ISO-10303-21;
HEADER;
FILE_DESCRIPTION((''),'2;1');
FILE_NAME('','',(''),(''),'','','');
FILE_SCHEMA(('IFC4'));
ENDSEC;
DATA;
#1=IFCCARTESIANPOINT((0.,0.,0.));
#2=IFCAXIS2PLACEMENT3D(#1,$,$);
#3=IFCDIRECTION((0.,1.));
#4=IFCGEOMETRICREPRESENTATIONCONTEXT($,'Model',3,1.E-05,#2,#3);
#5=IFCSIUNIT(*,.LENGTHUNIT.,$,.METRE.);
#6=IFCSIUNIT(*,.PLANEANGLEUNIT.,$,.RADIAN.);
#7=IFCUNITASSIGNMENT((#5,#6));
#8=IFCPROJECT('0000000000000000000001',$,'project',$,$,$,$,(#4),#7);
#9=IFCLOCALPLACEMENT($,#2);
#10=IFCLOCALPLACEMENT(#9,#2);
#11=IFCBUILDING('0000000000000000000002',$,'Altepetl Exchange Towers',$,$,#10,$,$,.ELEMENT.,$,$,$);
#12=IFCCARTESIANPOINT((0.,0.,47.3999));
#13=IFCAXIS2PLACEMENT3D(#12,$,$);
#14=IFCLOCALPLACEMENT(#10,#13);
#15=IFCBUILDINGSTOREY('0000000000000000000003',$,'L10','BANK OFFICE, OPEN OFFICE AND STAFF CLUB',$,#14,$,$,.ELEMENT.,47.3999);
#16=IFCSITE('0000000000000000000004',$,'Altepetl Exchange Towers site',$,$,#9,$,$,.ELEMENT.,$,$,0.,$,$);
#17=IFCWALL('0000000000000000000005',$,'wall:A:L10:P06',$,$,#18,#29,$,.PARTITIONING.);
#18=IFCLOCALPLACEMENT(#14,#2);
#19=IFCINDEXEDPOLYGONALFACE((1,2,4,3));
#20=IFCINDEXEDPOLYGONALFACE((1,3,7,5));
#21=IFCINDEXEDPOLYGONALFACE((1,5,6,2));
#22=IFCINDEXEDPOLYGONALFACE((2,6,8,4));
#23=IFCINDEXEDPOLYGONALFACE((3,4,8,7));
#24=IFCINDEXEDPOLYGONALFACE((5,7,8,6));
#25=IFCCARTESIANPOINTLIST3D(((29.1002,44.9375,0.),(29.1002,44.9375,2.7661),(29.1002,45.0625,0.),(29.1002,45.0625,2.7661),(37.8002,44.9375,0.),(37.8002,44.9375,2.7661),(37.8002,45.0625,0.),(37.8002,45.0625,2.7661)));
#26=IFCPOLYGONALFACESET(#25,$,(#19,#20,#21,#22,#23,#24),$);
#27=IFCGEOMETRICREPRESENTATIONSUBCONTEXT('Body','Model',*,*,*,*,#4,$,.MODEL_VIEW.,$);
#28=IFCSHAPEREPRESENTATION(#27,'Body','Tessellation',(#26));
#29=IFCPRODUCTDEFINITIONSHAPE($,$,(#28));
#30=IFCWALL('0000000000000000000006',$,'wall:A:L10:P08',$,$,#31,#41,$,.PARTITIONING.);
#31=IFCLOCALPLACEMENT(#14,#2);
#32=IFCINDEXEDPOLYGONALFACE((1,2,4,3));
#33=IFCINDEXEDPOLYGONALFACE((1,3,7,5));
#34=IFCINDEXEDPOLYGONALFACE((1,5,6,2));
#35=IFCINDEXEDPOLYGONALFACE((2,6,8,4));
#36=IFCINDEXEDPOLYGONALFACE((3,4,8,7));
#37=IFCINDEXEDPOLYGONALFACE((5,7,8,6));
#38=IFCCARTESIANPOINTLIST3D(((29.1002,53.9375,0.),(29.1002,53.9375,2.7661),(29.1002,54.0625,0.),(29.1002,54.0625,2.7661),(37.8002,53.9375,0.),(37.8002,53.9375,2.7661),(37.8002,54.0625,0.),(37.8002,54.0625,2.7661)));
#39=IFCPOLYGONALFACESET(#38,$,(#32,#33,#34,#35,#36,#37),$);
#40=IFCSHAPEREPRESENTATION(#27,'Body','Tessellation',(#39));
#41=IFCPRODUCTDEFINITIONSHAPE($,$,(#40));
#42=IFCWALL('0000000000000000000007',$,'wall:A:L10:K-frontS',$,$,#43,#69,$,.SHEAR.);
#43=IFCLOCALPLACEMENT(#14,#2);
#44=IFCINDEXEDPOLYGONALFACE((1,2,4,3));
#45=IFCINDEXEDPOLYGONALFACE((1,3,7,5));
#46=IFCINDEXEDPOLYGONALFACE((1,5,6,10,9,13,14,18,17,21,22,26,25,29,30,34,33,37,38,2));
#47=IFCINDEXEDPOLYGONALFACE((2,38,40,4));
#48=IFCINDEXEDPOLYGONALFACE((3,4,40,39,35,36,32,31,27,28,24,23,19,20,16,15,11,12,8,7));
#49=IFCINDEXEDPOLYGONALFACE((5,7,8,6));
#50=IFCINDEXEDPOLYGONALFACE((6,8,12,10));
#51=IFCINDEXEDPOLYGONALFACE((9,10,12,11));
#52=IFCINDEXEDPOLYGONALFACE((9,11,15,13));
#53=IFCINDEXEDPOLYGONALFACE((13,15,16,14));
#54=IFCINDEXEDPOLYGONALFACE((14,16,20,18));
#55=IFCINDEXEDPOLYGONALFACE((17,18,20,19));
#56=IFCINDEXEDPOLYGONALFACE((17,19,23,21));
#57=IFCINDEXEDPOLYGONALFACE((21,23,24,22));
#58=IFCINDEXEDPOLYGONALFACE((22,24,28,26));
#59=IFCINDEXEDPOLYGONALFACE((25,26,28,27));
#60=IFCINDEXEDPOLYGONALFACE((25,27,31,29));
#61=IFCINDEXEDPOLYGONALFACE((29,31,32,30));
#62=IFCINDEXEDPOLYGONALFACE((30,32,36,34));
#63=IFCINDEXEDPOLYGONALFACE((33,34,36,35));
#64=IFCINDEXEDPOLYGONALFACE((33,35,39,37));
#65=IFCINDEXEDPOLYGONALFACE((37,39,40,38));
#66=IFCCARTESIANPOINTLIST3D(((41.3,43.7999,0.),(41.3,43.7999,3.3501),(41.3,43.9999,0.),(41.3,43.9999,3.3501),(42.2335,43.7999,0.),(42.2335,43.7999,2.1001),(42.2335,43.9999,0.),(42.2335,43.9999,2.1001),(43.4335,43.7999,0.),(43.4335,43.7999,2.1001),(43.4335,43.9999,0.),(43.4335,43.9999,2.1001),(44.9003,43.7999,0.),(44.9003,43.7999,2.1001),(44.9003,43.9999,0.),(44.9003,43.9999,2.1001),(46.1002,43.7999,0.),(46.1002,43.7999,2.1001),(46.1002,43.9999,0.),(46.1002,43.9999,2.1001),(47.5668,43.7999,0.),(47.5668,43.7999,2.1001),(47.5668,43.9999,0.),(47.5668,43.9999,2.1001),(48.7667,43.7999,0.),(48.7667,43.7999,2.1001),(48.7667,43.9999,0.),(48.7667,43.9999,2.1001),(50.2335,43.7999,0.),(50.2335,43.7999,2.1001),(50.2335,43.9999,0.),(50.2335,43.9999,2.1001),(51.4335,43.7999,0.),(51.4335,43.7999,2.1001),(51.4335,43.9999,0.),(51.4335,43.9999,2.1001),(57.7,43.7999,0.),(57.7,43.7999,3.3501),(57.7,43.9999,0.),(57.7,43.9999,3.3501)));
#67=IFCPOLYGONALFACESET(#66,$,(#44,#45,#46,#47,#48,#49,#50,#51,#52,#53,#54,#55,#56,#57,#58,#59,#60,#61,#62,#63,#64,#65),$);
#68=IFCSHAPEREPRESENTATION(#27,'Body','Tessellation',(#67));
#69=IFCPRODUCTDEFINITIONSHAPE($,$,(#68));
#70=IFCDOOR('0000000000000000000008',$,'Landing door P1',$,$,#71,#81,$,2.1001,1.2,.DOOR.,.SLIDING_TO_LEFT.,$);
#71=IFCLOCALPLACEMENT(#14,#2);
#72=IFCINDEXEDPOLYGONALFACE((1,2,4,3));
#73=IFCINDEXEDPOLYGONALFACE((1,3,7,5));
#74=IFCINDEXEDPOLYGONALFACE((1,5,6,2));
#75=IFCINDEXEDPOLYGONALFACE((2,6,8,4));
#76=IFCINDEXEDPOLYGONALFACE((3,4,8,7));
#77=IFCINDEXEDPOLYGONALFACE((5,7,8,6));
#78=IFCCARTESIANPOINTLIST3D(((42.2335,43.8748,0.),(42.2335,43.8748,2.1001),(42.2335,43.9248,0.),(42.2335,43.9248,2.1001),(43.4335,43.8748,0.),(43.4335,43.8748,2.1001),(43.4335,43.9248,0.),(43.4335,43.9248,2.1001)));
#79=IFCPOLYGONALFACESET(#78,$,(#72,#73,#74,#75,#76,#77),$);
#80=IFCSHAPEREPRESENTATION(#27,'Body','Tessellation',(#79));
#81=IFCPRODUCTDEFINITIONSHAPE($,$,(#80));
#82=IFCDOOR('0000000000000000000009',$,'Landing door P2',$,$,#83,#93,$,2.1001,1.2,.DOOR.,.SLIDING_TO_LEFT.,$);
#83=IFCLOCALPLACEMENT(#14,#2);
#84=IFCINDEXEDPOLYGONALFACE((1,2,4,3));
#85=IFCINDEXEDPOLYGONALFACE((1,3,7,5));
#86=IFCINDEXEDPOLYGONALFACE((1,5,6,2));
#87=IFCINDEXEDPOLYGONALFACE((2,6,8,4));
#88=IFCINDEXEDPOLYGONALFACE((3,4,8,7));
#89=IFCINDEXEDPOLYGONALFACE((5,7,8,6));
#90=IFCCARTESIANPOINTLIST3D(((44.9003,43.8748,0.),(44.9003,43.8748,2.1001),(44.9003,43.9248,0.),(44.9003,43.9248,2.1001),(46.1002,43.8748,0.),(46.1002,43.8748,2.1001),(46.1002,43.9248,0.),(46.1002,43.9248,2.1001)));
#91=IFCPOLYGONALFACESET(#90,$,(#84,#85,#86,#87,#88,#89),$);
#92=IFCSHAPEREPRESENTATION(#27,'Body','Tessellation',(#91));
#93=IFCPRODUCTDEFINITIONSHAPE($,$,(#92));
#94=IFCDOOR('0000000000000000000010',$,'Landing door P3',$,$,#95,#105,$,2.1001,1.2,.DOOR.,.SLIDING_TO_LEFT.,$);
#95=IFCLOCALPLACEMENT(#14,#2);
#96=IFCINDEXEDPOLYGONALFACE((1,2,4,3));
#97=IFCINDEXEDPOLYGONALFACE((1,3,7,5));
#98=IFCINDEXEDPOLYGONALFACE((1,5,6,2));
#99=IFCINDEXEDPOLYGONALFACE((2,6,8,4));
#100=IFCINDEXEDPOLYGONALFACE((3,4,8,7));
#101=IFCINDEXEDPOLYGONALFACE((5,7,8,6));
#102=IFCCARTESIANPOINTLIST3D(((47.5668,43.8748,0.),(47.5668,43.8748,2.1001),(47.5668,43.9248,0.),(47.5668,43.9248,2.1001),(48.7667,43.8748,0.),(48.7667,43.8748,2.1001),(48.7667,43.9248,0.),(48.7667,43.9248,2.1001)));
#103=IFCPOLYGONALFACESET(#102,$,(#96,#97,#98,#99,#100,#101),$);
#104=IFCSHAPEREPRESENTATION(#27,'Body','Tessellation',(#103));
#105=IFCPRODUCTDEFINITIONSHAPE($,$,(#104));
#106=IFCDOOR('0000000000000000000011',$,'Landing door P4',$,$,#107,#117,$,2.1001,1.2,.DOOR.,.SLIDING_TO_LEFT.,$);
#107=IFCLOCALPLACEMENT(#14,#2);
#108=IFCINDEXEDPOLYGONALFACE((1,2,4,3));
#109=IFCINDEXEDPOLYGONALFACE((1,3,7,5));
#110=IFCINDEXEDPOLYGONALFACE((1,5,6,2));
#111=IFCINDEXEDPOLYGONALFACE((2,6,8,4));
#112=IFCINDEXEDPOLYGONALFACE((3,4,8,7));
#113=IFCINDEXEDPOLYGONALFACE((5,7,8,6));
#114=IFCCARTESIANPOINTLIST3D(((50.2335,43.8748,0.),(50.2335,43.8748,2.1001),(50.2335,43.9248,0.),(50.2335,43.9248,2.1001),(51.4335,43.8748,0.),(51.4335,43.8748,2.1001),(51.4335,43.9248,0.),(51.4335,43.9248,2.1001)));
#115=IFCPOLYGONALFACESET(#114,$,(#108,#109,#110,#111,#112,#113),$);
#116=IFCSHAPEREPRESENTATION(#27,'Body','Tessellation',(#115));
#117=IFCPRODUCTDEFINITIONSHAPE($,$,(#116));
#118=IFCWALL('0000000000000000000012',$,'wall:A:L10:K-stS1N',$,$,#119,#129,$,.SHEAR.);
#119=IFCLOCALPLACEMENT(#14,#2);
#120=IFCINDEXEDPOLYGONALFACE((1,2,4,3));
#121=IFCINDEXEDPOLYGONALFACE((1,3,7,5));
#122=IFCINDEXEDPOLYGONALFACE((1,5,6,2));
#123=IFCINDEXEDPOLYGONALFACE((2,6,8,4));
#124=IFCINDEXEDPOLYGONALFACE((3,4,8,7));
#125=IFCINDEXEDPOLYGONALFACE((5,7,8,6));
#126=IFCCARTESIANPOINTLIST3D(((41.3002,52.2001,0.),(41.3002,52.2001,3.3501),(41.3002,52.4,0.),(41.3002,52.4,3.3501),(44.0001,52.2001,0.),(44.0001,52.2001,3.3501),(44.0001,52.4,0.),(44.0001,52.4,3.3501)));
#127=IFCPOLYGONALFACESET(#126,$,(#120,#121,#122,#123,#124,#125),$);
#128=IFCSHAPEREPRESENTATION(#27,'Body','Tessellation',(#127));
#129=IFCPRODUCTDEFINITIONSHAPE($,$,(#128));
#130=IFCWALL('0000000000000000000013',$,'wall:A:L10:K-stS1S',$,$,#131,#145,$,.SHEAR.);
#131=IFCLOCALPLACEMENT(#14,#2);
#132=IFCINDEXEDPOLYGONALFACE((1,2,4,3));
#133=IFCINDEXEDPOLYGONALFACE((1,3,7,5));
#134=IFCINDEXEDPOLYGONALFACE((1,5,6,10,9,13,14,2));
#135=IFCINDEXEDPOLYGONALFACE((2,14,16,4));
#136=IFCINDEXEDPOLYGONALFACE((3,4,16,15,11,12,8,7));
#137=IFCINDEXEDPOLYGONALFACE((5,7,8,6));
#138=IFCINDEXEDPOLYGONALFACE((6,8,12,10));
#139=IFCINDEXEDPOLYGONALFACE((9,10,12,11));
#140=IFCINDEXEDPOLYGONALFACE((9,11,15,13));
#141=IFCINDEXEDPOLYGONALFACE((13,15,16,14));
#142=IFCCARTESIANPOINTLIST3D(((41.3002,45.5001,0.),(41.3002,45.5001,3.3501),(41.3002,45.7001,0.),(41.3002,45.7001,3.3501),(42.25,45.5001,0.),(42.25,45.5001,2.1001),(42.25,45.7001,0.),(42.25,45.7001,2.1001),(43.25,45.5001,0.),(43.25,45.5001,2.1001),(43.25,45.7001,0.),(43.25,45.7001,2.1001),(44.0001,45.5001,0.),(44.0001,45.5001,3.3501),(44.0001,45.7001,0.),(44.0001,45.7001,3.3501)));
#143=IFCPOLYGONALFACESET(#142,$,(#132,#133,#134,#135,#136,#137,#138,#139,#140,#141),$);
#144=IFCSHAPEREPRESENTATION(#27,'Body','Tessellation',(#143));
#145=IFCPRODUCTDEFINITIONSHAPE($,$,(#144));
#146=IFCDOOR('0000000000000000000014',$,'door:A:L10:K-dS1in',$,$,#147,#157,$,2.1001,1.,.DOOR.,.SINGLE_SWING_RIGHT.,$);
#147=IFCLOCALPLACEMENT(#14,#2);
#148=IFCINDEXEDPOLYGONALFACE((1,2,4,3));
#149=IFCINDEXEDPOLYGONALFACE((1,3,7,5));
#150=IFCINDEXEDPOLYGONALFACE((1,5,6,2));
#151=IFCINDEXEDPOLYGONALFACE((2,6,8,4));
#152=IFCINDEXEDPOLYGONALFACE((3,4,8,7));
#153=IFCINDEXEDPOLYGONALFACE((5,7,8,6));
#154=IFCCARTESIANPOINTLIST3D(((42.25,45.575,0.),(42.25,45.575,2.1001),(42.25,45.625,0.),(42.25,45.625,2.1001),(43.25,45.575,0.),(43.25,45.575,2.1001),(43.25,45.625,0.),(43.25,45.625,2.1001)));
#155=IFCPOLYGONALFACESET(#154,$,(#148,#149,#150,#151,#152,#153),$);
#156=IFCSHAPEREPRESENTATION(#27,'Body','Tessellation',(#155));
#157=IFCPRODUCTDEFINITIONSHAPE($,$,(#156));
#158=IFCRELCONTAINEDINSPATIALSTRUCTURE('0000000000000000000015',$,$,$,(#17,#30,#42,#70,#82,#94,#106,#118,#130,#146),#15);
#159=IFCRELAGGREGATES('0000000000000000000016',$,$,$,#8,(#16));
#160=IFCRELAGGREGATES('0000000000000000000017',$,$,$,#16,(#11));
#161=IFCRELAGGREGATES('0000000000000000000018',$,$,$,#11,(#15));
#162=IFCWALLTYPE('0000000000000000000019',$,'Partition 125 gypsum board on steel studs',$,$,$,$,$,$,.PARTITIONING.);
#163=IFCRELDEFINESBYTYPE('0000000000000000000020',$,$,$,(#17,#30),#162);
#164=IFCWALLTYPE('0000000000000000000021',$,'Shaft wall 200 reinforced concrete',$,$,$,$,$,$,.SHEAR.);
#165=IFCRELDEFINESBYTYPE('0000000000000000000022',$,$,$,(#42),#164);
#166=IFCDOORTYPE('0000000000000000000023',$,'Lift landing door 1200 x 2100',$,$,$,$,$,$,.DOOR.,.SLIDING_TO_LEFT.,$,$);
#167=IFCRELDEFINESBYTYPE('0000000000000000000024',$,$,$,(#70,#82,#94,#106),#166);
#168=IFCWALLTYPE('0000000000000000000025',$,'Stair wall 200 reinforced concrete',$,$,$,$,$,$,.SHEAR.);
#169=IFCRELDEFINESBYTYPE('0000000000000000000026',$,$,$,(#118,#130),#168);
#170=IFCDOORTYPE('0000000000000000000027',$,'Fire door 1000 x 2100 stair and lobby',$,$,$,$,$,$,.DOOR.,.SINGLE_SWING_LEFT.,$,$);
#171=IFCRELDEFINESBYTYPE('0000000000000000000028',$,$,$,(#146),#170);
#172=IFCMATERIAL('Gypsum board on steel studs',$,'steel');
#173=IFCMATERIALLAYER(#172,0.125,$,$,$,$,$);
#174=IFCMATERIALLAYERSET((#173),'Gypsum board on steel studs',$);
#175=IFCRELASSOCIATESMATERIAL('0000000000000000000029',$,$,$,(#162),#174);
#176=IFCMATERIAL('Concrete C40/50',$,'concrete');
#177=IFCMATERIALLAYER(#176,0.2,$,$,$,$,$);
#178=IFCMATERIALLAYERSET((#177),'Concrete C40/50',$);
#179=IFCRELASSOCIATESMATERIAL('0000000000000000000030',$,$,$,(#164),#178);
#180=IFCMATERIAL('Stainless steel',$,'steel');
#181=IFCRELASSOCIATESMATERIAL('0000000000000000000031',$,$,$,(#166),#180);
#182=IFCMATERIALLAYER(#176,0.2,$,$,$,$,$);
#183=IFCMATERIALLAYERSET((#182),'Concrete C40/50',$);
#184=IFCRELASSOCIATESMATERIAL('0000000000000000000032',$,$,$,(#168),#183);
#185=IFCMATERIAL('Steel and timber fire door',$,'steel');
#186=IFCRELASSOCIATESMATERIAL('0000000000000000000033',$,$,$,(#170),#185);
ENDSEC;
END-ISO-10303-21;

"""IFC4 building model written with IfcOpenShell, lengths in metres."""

from ifc_helpers import new_model, si_unit, direction, frame, frame_2d, origin, place, context, subcontext, project, spatial, rectangle, extrude, material, layer, layer_set, type_object, element, fill, save


model = new_model("IFC4")

# Units and contexts
model_context = context("Model", 3, precision=1e-05, world=origin(), true_north=direction((0.0, 1.0)))
body_context = subcontext(model_context, "Body", "Model", "MODEL_VIEW")
ifc_project = project(units=[si_unit("LENGTHUNIT", "METRE"), si_unit("PLANEANGLEUNIT", "RADIAN")], contexts=[model_context])

# Site, building, storey
site_placement = place(None, origin())
site = spatial("IfcSite", under=ifc_project, at=site_placement, Name="Altepetl Exchange Towers site", CompositionType="ELEMENT", RefElevation=0.0)
building_placement = place(site_placement, origin())
building = spatial("IfcBuilding", under=site, at=building_placement, Name="Altepetl Exchange Towers", CompositionType="ELEMENT")
storey_placement = place(building_placement, frame((0.0, 0.0, 47.3999)))
storey = spatial("IfcBuildingStorey", under=building, at=storey_placement, Name="L10", Description="BANK OFFICE, OPEN OFFICE AND STAFF CLUB", CompositionType="ELEMENT", Elevation=47.3999)

# Walls
ifc_material_1 = material(Name="Gypsum board on steel studs", Category="steel")
ifc_layer_1 = layer(ifc_material_1, 0.125)
ifc_layer_set_1 = layer_set([ifc_layer_1], Name="Gypsum board on steel studs")
wall_type_1 = type_object("IfcWallType", Name="Partition 125 gypsum board on steel studs", PredefinedType="PARTITIONING", material=ifc_layer_set_1)
for number, where, name in (
    (1, (29.1001, 45.0, 0.0), "wall:A:L10:P06"),
    (2, (29.1001, 54.0, 0.0), "wall:A:L10:P08"),
):
    element("IfcWall", number, at=place(storey_placement, frame(where)), inside=storey, type_object=wall_type_1, Name=name, PredefinedType="PARTITIONING", context=body_context, shape_type="SweptSolid", body=[
        extrude(rectangle(XDim=8.7, YDim=0.125, at=frame_2d((4.3501, 0.0))), origin(), (0.0, 0.0, 1.0), 2.7661),
    ])

# Wall, openings, doors
ifc_material_2 = material(Name="Concrete C40/50", Category="concrete")
ifc_layer_2 = layer(ifc_material_2, 0.2)
ifc_layer_set_2 = layer_set([ifc_layer_2], Name="Concrete C40/50")
wall_type_2 = type_object("IfcWallType", Name="Shaft wall 200 reinforced concrete", PredefinedType="SHEAR", material=ifc_layer_set_2)
wall_1_placement = place(storey_placement, frame((41.3, 43.8999, 0.0)))
wall_1 = element("IfcWall", 3, at=wall_1_placement, inside=storey, type_object=wall_type_2, Name="wall:A:L10:K-frontS", PredefinedType="SHEAR", context=body_context, shape_type="SweptSolid", body=[
    extrude(rectangle(XDim=16.3999, YDim=0.2, at=frame_2d((8.2, 0.0))), origin(), (0.0, 0.0, 1.0), 3.3501),
])
opening_1_placement = place(wall_1_placement, frame((0.9333, 0.0, 0.0)))
opening_1 = element("IfcOpeningElement", 4, at=opening_1_placement, cuts=wall_1, PredefinedType="OPENING", context=body_context, shape_type="SweptSolid", body=[
    extrude(rectangle(XDim=1.2, YDim=2.1001, at=frame_2d((0.6001, 1.05))), frame((0.0, 0.1099, 0.0), z_axis=(0.0, -1.0, 0.0), x_axis=(1.0, 0.0, 0.0)), (0.0, 0.0, 1.0), 0.22),
])
opening_2_placement = place(wall_1_placement, frame((3.6001, 0.0, 0.0)))
opening_2 = element("IfcOpeningElement", 5, at=opening_2_placement, cuts=wall_1, PredefinedType="OPENING", context=body_context, shape_type="SweptSolid", body=[
    extrude(rectangle(XDim=1.2, YDim=2.1001, at=frame_2d((0.6001, 1.05))), frame((0.0, 0.1099, 0.0), z_axis=(0.0, -1.0, 0.0), x_axis=(1.0, 0.0, 0.0)), (0.0, 0.0, 1.0), 0.22),
])
opening_3_placement = place(wall_1_placement, frame((6.2666, 0.0, 0.0)))
opening_3 = element("IfcOpeningElement", 6, at=opening_3_placement, cuts=wall_1, PredefinedType="OPENING", context=body_context, shape_type="SweptSolid", body=[
    extrude(rectangle(XDim=1.2, YDim=2.1001, at=frame_2d((0.6001, 1.05))), frame((0.0, 0.1099, 0.0), z_axis=(0.0, -1.0, 0.0), x_axis=(1.0, 0.0, 0.0)), (0.0, 0.0, 1.0), 0.22),
])
opening_4_placement = place(wall_1_placement, frame((8.9333, 0.0, 0.0)))
opening_4 = element("IfcOpeningElement", 7, at=opening_4_placement, cuts=wall_1, PredefinedType="OPENING", context=body_context, shape_type="SweptSolid", body=[
    extrude(rectangle(XDim=1.2, YDim=2.1001, at=frame_2d((0.6001, 1.05))), frame((0.0, 0.1099, 0.0), z_axis=(0.0, -1.0, 0.0), x_axis=(1.0, 0.0, 0.0)), (0.0, 0.0, 1.0), 0.22),
])
ifc_material_3 = material(Name="Stainless steel", Category="steel")
door_type_1 = type_object("IfcDoorType", Name="Lift landing door 1200 x 2100", OperationType="SLIDING_TO_LEFT", PredefinedType="DOOR", material=ifc_material_3)
door_1_placement = place(opening_1_placement, origin())
door_1 = element("IfcDoor", 8, at=door_1_placement, inside=storey, type_object=door_type_1, Name="Landing door P1", OperationType="SLIDING_TO_LEFT", OverallHeight=2.1001, OverallWidth=1.2, PredefinedType="DOOR", context=body_context, shape_type="SweptSolid", body=[
    extrude(rectangle(XDim=1.2, YDim=2.1001, at=frame_2d((0.6001, 1.05))), frame((0.0, 0.0249, 0.0), z_axis=(0.0, -1.0, 0.0), x_axis=(1.0, 0.0, 0.0)), (0.0, 0.0, 1.0), 0.05),
])
fill(opening_1, door_1)
door_2_placement = place(opening_2_placement, origin())
door_2 = element("IfcDoor", 9, at=door_2_placement, inside=storey, type_object=door_type_1, Name="Landing door P2", OperationType="SLIDING_TO_LEFT", OverallHeight=2.1001, OverallWidth=1.2, PredefinedType="DOOR", context=body_context, shape_type="SweptSolid", body=[
    extrude(rectangle(XDim=1.2, YDim=2.1001, at=frame_2d((0.6001, 1.05))), frame((0.0, 0.0249, 0.0), z_axis=(0.0, -1.0, 0.0), x_axis=(1.0, 0.0, 0.0)), (0.0, 0.0, 1.0), 0.05),
])
fill(opening_2, door_2)
door_3_placement = place(opening_3_placement, origin())
door_3 = element("IfcDoor", 10, at=door_3_placement, inside=storey, type_object=door_type_1, Name="Landing door P3", OperationType="SLIDING_TO_LEFT", OverallHeight=2.1001, OverallWidth=1.2, PredefinedType="DOOR", context=body_context, shape_type="SweptSolid", body=[
    extrude(rectangle(XDim=1.2, YDim=2.1001, at=frame_2d((0.6001, 1.05))), frame((0.0, 0.0249, 0.0), z_axis=(0.0, -1.0, 0.0), x_axis=(1.0, 0.0, 0.0)), (0.0, 0.0, 1.0), 0.05),
])
fill(opening_3, door_3)
door_4_placement = place(opening_4_placement, origin())
door_4 = element("IfcDoor", 11, at=door_4_placement, inside=storey, type_object=door_type_1, Name="Landing door P4", OperationType="SLIDING_TO_LEFT", OverallHeight=2.1001, OverallWidth=1.2, PredefinedType="DOOR", context=body_context, shape_type="SweptSolid", body=[
    extrude(rectangle(XDim=1.2, YDim=2.1001, at=frame_2d((0.6001, 1.05))), frame((0.0, 0.0249, 0.0), z_axis=(0.0, -1.0, 0.0), x_axis=(1.0, 0.0, 0.0)), (0.0, 0.0, 1.0), 0.05),
])
fill(opening_4, door_4)

# Wall
ifc_layer_3 = layer(ifc_material_2, 0.2)
ifc_layer_set_3 = layer_set([ifc_layer_3], Name="Concrete C40/50")
wall_type_3 = type_object("IfcWallType", Name="Stair wall 200 reinforced concrete", PredefinedType="SHEAR", material=ifc_layer_set_3)
wall_2_placement = place(storey_placement, frame((41.3, 52.3, 0.0)))
element("IfcWall", 12, at=wall_2_placement, inside=storey, type_object=wall_type_3, Name="wall:A:L10:K-stS1N", PredefinedType="SHEAR", context=body_context, shape_type="SweptSolid", body=[
    extrude(rectangle(XDim=2.7, YDim=0.2, at=frame_2d((1.3501, 0.0))), origin(), (0.0, 0.0, 1.0), 3.3501),
])

# Wall, opening, door
wall_3_placement = place(storey_placement, frame((41.3, 45.6001, 0.0)))
wall_3 = element("IfcWall", 13, at=wall_3_placement, inside=storey, type_object=wall_type_3, Name="wall:A:L10:K-stS1S", PredefinedType="SHEAR", context=body_context, shape_type="SweptSolid", body=[
    extrude(rectangle(XDim=2.7, YDim=0.2, at=frame_2d((1.3501, 0.0))), origin(), (0.0, 0.0, 1.0), 3.3501),
])
opening_5_placement = place(wall_3_placement, frame((0.95, 0.0, 0.0)))
opening_5 = element("IfcOpeningElement", 14, at=opening_5_placement, cuts=wall_3, PredefinedType="OPENING", context=body_context, shape_type="SweptSolid", body=[
    extrude(rectangle(XDim=1.0, YDim=2.1001, at=frame_2d((0.5, 1.05))), frame((0.0, 0.1099, 0.0), z_axis=(0.0, -1.0, 0.0), x_axis=(1.0, 0.0, 0.0)), (0.0, 0.0, 1.0), 0.22),
])
ifc_material_4 = material(Name="Steel and timber fire door", Category="steel")
door_type_2 = type_object("IfcDoorType", Name="Fire door 1000 x 2100 stair and lobby", OperationType="SINGLE_SWING_LEFT", PredefinedType="DOOR", material=ifc_material_4)
door_5_placement = place(opening_5_placement, origin())
door_5 = element("IfcDoor", 15, at=door_5_placement, inside=storey, type_object=door_type_2, Name="door:A:L10:K-dS1in", OperationType="SINGLE_SWING_RIGHT", OverallHeight=2.1001, OverallWidth=1.0, PredefinedType="DOOR", context=body_context, shape_type="SweptSolid", body=[
    extrude(rectangle(XDim=1.0, YDim=2.1001, at=frame_2d((0.5, 1.05))), frame((0.0, 0.0249, 0.0), z_axis=(0.0, -1.0, 0.0), x_axis=(1.0, 0.0, 0.0)), (0.0, 0.0, 1.0), 0.05),
])
fill(opening_5, door_5)

save(model, "model.ifc")
